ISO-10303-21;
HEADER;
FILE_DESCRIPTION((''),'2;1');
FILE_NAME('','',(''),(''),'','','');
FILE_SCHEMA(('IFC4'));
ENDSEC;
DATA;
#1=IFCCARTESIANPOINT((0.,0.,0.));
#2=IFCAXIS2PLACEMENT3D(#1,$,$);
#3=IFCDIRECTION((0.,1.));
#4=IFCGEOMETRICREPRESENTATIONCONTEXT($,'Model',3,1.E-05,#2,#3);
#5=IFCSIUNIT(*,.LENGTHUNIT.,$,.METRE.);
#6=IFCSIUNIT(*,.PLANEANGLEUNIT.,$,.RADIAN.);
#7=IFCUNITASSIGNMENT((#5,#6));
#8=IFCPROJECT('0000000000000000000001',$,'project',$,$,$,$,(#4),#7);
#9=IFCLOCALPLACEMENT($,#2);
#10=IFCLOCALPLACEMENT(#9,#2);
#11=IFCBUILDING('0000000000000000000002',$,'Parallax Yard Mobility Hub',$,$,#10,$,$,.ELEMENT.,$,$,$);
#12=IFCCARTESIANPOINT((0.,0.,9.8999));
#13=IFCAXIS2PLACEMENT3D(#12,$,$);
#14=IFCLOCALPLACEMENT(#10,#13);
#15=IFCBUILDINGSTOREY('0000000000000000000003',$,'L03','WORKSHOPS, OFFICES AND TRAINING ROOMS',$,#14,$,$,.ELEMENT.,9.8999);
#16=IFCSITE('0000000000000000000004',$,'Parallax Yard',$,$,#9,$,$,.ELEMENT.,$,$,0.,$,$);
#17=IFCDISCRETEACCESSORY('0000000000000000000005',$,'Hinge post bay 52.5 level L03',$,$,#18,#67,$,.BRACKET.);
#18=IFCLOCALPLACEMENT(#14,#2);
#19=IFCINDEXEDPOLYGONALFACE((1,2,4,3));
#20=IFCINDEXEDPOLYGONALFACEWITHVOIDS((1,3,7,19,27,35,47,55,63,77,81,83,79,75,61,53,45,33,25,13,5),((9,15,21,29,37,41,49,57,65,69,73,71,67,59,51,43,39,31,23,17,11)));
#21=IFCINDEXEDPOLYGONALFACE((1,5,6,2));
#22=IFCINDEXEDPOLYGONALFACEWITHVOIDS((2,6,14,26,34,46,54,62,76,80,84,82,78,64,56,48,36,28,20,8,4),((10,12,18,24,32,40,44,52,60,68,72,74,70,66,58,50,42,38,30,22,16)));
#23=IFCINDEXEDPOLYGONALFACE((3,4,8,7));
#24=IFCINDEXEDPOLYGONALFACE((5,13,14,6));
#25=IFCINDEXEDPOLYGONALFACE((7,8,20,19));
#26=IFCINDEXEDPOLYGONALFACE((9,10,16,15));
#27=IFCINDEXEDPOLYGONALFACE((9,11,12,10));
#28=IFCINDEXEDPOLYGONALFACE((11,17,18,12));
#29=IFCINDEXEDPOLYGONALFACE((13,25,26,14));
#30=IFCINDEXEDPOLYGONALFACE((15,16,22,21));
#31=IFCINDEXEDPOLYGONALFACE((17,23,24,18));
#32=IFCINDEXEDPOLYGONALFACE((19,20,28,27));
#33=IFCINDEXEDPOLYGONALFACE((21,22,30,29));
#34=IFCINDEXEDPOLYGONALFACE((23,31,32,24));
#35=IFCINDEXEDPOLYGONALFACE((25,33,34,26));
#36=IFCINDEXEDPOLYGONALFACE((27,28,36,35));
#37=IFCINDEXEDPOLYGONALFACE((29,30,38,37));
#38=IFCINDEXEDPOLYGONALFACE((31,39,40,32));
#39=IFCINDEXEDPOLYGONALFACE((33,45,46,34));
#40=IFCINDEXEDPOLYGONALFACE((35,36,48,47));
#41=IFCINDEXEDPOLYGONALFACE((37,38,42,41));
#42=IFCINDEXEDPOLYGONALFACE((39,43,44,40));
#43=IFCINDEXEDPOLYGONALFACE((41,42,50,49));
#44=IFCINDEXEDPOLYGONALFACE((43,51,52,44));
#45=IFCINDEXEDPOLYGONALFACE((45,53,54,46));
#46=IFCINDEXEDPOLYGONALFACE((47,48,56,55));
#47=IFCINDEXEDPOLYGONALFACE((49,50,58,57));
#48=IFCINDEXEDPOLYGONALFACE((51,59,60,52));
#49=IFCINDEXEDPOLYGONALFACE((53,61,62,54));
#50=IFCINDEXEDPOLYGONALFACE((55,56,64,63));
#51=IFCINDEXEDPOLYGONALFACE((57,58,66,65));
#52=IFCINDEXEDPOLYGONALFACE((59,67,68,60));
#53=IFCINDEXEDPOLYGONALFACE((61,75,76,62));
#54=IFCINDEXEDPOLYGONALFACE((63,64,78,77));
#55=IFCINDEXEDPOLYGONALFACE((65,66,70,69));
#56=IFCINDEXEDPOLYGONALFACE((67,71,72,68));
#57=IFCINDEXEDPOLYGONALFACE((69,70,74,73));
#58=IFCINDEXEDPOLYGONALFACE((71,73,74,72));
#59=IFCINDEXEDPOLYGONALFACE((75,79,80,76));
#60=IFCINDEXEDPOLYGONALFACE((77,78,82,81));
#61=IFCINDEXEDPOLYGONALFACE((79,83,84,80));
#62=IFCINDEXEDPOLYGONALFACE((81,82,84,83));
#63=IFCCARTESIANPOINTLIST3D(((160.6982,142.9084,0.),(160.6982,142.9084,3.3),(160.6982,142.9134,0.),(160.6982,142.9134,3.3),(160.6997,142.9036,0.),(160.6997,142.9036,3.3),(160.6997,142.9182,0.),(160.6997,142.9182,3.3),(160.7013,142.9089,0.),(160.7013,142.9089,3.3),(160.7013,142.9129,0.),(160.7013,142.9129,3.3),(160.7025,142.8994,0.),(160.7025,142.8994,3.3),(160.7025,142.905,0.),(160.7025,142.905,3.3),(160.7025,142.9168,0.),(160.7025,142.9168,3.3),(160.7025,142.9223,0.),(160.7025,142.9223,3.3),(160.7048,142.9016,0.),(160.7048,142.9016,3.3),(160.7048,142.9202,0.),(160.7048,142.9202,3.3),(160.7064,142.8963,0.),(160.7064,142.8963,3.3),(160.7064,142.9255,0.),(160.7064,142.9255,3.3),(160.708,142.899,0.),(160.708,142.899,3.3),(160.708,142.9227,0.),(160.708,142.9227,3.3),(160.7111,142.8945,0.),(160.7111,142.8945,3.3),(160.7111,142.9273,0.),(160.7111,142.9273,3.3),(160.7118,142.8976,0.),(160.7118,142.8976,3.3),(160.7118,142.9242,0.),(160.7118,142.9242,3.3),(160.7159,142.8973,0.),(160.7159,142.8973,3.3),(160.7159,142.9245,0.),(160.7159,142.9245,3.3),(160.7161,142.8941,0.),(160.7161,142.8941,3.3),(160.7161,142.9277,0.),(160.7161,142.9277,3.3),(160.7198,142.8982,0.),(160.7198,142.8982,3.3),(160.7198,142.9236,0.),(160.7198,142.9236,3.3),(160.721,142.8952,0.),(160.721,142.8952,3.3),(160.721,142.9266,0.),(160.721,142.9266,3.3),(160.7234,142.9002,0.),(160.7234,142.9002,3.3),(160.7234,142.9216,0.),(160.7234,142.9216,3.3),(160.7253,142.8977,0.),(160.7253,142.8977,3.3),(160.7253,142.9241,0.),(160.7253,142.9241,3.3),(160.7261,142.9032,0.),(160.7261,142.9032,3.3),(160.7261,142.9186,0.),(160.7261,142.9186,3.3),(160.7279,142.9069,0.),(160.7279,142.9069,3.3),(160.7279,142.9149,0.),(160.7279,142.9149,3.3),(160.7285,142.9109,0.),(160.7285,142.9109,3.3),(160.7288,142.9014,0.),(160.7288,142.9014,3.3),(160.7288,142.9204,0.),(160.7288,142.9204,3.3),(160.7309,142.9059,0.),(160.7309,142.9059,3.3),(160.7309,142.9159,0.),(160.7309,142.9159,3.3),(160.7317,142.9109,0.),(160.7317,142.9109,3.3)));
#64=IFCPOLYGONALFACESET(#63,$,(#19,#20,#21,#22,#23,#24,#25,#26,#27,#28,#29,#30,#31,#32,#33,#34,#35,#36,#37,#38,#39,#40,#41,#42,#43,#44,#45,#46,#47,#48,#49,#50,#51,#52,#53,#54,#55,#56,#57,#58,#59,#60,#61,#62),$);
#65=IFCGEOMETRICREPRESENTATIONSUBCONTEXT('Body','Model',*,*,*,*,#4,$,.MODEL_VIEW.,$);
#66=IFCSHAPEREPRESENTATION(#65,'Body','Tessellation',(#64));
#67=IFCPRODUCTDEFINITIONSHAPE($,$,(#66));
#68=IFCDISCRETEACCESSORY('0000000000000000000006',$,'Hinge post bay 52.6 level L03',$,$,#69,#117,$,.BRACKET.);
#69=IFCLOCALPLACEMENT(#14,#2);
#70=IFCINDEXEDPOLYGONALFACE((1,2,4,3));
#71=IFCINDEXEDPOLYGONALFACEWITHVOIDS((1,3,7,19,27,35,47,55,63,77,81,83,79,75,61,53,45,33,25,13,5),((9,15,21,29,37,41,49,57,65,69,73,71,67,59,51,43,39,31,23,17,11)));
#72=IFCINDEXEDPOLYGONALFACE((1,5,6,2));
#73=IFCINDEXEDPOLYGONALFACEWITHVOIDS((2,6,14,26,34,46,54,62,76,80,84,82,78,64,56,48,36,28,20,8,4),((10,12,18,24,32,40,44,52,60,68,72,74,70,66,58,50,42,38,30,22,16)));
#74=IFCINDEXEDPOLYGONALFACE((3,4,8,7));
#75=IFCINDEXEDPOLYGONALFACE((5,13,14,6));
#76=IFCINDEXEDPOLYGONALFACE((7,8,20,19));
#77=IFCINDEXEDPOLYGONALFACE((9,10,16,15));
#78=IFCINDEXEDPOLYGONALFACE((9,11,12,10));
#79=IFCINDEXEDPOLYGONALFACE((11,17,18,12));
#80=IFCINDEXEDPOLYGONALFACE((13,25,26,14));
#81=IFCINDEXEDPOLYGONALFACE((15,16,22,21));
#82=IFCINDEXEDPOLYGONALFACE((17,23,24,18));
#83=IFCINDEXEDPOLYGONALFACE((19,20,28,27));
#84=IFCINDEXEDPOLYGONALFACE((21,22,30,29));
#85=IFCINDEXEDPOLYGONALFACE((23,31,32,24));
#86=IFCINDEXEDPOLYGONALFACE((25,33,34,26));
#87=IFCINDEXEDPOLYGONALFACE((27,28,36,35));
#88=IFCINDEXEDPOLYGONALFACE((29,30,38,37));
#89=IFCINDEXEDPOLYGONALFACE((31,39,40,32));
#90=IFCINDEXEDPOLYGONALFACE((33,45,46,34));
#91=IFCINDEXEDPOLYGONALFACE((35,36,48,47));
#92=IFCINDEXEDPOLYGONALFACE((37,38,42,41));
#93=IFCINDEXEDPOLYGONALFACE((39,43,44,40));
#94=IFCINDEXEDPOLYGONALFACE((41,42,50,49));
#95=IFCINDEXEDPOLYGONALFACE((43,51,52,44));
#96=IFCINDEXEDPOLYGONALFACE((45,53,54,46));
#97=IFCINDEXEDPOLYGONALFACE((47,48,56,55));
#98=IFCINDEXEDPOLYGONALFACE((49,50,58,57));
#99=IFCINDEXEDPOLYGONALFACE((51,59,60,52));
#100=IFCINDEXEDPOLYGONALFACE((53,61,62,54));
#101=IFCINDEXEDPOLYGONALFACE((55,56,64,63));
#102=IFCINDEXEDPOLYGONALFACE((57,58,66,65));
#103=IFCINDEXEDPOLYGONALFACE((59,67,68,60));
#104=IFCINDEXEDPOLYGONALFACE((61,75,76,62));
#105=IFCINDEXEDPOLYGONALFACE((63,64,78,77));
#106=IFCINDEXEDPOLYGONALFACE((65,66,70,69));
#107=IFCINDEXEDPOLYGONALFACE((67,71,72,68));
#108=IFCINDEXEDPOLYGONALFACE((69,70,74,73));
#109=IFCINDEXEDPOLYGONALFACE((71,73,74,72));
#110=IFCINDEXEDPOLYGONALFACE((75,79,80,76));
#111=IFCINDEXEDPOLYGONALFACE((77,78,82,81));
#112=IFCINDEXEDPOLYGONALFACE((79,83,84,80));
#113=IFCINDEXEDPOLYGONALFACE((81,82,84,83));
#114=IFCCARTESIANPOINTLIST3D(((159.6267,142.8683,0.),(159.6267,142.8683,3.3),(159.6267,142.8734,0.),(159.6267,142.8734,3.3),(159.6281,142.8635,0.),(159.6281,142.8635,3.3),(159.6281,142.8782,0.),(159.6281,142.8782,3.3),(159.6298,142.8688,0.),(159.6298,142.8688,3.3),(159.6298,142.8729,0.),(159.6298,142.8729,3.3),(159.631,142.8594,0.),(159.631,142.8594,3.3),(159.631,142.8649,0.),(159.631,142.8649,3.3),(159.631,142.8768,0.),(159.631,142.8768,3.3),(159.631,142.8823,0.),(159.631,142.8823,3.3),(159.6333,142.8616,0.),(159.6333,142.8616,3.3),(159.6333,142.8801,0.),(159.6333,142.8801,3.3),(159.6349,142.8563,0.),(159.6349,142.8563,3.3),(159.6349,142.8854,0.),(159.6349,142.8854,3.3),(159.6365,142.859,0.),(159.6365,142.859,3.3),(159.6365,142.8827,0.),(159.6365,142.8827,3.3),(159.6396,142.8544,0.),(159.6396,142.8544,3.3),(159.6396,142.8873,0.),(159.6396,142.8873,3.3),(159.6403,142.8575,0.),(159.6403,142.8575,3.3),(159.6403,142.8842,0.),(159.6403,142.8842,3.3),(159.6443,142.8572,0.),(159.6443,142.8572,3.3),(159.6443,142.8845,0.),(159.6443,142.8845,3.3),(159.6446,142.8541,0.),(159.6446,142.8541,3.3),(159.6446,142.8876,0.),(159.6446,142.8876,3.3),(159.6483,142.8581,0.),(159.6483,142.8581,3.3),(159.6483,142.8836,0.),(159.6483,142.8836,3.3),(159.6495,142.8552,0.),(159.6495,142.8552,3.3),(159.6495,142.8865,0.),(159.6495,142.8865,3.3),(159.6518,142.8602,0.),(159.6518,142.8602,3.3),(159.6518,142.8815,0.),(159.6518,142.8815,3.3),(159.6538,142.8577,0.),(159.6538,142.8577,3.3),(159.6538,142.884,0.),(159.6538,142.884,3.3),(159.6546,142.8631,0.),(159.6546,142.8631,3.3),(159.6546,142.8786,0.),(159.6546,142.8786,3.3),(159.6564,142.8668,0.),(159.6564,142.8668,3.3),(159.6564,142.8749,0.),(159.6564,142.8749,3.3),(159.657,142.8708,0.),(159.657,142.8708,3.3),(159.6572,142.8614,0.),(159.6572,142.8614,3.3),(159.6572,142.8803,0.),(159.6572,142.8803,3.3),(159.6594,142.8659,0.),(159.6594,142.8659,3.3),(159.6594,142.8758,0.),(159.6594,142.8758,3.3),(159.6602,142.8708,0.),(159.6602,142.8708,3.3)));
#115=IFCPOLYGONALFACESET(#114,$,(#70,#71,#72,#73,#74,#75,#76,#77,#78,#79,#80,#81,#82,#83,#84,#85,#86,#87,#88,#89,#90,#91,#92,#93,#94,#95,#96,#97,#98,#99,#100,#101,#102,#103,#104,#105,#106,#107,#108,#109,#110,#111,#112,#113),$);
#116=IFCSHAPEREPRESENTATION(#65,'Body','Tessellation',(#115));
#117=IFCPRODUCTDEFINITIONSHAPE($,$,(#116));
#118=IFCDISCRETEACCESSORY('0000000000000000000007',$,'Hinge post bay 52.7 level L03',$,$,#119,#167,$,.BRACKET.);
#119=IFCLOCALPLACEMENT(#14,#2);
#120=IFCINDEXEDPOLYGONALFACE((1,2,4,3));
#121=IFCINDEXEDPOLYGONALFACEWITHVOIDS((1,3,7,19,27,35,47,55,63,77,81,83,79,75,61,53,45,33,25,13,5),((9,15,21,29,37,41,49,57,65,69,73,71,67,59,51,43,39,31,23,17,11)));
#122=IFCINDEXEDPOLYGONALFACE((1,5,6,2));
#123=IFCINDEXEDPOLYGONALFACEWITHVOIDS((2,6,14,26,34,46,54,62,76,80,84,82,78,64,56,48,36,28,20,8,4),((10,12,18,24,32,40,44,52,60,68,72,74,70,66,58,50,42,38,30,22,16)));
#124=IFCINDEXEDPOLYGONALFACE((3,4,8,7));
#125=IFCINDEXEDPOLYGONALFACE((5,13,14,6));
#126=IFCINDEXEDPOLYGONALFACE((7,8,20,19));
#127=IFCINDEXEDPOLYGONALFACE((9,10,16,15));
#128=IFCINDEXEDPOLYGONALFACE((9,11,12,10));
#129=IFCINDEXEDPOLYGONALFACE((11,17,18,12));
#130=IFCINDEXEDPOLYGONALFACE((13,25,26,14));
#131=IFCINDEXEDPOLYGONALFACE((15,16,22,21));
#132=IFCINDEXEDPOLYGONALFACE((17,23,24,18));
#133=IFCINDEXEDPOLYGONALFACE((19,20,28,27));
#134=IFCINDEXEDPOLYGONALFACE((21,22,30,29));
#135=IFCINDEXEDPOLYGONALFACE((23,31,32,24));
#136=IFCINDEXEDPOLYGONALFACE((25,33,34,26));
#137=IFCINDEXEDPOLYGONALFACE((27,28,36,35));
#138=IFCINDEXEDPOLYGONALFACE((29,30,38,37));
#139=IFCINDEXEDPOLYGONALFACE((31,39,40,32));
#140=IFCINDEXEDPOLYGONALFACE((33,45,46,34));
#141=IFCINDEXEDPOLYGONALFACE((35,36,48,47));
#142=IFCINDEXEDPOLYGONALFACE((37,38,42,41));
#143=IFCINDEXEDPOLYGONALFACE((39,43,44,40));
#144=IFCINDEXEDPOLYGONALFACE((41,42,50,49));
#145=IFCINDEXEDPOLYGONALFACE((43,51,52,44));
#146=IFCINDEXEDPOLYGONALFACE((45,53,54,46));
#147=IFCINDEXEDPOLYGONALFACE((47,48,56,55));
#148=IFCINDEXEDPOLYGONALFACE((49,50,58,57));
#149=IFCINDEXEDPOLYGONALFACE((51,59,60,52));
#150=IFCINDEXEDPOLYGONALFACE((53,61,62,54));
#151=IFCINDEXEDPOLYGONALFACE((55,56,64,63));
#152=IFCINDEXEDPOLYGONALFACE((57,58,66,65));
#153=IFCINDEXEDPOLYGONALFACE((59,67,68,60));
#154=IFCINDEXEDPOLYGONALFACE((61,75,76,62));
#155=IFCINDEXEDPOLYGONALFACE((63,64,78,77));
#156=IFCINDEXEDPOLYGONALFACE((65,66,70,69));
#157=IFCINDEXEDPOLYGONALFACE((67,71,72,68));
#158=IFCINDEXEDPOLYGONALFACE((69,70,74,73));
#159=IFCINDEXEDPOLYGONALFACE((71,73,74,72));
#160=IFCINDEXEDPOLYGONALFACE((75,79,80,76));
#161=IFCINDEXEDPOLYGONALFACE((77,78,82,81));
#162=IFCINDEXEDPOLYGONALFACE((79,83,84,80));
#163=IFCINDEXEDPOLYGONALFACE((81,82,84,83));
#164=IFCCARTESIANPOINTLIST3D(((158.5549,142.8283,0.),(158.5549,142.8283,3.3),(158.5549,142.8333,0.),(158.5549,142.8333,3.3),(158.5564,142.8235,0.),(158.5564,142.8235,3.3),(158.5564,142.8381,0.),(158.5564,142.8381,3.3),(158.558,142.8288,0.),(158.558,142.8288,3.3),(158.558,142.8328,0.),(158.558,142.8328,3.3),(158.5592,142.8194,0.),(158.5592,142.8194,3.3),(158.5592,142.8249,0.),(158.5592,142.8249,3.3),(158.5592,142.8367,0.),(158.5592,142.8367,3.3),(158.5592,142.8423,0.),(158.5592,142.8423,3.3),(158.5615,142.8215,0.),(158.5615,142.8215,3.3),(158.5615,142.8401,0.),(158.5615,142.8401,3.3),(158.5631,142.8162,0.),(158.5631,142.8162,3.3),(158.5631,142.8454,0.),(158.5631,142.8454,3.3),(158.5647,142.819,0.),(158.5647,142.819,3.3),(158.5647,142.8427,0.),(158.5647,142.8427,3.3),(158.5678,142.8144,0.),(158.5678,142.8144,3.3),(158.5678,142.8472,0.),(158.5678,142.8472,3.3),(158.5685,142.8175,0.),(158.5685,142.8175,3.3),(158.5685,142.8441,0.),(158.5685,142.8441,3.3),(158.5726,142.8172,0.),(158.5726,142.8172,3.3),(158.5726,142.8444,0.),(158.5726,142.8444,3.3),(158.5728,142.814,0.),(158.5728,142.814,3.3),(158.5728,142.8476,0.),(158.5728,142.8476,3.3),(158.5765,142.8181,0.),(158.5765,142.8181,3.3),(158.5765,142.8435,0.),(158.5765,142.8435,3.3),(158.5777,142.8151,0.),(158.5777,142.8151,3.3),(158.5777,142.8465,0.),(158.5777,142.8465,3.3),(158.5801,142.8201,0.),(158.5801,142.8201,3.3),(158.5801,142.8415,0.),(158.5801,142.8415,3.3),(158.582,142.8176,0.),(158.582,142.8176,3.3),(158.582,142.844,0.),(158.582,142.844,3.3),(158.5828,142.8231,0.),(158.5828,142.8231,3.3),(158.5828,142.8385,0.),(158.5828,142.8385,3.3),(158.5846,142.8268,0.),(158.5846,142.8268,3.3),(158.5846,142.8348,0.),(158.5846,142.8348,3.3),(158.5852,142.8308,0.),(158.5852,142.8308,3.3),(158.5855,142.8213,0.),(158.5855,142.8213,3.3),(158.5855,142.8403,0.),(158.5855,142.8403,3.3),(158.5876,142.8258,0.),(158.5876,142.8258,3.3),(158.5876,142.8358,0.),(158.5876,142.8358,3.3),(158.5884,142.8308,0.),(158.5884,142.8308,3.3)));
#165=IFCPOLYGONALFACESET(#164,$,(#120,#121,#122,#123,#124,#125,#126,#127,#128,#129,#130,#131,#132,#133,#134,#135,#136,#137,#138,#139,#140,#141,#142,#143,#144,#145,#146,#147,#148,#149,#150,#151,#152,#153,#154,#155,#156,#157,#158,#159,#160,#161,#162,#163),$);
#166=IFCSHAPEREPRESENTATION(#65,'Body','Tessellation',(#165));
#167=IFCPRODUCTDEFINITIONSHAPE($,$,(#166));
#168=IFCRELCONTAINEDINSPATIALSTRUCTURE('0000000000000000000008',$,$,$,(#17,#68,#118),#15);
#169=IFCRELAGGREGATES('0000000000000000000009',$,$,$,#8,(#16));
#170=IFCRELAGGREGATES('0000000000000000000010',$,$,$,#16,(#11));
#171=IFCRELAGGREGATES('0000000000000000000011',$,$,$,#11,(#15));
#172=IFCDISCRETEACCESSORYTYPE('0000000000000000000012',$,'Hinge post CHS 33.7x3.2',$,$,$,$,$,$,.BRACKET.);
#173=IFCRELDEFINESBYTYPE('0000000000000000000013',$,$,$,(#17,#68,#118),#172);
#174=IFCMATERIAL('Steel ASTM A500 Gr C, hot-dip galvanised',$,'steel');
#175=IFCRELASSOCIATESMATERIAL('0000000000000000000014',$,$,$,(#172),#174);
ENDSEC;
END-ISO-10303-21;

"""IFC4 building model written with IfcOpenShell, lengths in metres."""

from ifc_helpers import new_model, si_unit, direction, frame, origin, origin_2d, place, context, subcontext, project, spatial, hollow_circle, extrude, material, material_profile, profile_set, type_object, element, save


model = new_model("IFC4")

# Units and contexts
model_context = context("Model", 3, precision=1e-05, world=origin(), true_north=direction((0.0, 1.0)))
body_context = subcontext(model_context, "Body", "Model", "MODEL_VIEW")
ifc_project = project(units=[si_unit("LENGTHUNIT", "METRE"), si_unit("PLANEANGLEUNIT", "RADIAN")], contexts=[model_context])

# Site, building, storey
site_placement = place(None, origin())
site = spatial("IfcSite", under=ifc_project, at=site_placement, Name="Parallax Yard", CompositionType="ELEMENT", RefElevation=0.0)
building_placement = place(site_placement, origin())
building = spatial("IfcBuilding", under=site, at=building_placement, Name="Parallax Yard Mobility Hub", CompositionType="ELEMENT")
storey_placement = place(building_placement, frame((0.0, 0.0, 9.8999)))
storey = spatial("IfcBuildingStorey", under=building, at=storey_placement, Name="L03", Description="WORKSHOPS, OFFICES AND TRAINING ROOMS", CompositionType="ELEMENT", Elevation=9.8999)

# Discrete accessories
ifc_material_1 = material(Name="Steel ASTM A500 Gr C, hot-dip galvanised", Category="steel")
ifc_material_profile_1 = material_profile(ifc_material_1, hollow_circle(Radius=0.0168, WallThickness=0.0032, at=origin_2d()), Name="CHS 33.7x3.2")
ifc_profile_set_1 = profile_set([ifc_material_profile_1], Name="Steel ASTM A500 Gr C, hot-dip galvanised")
discrete_accessory_type_1 = type_object("IfcDiscreteAccessoryType", Name="Hinge post CHS 33.7x3.2", PredefinedType="BRACKET", material=ifc_profile_set_1)
for number, where, z_axis, x_axis, name in (
    (1, (160.7148, 142.9109, 0.0), (0.0, 0.0, 1.0), (1.0, 0.0, 0.0), "Hinge post bay 52.5 level L03"),
    (2, (159.6433, 142.8708, 0.0), (0.0, 0.0, 1.0), (1.0, 0.0, 0.0), "Hinge post bay 52.6 level L03"),
    (3, (158.5715, 142.8308, 0.0), (0.0, 0.0, 1.0), (1.0, 0.0, 0.0), "Hinge post bay 52.7 level L03"),
):
    element("IfcDiscreteAccessory", number, at=place(storey_placement, frame(where, z_axis=z_axis, x_axis=x_axis)), inside=storey, type_object=discrete_accessory_type_1, Name=name, PredefinedType="BRACKET", context=body_context, shape_type="SweptSolid", body=[
        extrude(hollow_circle(Radius=0.0168, WallThickness=0.0032, at=origin_2d()), origin(), (0.0, 0.0, 1.0), 3.3),
    ])

save(model, "model.ifc")
